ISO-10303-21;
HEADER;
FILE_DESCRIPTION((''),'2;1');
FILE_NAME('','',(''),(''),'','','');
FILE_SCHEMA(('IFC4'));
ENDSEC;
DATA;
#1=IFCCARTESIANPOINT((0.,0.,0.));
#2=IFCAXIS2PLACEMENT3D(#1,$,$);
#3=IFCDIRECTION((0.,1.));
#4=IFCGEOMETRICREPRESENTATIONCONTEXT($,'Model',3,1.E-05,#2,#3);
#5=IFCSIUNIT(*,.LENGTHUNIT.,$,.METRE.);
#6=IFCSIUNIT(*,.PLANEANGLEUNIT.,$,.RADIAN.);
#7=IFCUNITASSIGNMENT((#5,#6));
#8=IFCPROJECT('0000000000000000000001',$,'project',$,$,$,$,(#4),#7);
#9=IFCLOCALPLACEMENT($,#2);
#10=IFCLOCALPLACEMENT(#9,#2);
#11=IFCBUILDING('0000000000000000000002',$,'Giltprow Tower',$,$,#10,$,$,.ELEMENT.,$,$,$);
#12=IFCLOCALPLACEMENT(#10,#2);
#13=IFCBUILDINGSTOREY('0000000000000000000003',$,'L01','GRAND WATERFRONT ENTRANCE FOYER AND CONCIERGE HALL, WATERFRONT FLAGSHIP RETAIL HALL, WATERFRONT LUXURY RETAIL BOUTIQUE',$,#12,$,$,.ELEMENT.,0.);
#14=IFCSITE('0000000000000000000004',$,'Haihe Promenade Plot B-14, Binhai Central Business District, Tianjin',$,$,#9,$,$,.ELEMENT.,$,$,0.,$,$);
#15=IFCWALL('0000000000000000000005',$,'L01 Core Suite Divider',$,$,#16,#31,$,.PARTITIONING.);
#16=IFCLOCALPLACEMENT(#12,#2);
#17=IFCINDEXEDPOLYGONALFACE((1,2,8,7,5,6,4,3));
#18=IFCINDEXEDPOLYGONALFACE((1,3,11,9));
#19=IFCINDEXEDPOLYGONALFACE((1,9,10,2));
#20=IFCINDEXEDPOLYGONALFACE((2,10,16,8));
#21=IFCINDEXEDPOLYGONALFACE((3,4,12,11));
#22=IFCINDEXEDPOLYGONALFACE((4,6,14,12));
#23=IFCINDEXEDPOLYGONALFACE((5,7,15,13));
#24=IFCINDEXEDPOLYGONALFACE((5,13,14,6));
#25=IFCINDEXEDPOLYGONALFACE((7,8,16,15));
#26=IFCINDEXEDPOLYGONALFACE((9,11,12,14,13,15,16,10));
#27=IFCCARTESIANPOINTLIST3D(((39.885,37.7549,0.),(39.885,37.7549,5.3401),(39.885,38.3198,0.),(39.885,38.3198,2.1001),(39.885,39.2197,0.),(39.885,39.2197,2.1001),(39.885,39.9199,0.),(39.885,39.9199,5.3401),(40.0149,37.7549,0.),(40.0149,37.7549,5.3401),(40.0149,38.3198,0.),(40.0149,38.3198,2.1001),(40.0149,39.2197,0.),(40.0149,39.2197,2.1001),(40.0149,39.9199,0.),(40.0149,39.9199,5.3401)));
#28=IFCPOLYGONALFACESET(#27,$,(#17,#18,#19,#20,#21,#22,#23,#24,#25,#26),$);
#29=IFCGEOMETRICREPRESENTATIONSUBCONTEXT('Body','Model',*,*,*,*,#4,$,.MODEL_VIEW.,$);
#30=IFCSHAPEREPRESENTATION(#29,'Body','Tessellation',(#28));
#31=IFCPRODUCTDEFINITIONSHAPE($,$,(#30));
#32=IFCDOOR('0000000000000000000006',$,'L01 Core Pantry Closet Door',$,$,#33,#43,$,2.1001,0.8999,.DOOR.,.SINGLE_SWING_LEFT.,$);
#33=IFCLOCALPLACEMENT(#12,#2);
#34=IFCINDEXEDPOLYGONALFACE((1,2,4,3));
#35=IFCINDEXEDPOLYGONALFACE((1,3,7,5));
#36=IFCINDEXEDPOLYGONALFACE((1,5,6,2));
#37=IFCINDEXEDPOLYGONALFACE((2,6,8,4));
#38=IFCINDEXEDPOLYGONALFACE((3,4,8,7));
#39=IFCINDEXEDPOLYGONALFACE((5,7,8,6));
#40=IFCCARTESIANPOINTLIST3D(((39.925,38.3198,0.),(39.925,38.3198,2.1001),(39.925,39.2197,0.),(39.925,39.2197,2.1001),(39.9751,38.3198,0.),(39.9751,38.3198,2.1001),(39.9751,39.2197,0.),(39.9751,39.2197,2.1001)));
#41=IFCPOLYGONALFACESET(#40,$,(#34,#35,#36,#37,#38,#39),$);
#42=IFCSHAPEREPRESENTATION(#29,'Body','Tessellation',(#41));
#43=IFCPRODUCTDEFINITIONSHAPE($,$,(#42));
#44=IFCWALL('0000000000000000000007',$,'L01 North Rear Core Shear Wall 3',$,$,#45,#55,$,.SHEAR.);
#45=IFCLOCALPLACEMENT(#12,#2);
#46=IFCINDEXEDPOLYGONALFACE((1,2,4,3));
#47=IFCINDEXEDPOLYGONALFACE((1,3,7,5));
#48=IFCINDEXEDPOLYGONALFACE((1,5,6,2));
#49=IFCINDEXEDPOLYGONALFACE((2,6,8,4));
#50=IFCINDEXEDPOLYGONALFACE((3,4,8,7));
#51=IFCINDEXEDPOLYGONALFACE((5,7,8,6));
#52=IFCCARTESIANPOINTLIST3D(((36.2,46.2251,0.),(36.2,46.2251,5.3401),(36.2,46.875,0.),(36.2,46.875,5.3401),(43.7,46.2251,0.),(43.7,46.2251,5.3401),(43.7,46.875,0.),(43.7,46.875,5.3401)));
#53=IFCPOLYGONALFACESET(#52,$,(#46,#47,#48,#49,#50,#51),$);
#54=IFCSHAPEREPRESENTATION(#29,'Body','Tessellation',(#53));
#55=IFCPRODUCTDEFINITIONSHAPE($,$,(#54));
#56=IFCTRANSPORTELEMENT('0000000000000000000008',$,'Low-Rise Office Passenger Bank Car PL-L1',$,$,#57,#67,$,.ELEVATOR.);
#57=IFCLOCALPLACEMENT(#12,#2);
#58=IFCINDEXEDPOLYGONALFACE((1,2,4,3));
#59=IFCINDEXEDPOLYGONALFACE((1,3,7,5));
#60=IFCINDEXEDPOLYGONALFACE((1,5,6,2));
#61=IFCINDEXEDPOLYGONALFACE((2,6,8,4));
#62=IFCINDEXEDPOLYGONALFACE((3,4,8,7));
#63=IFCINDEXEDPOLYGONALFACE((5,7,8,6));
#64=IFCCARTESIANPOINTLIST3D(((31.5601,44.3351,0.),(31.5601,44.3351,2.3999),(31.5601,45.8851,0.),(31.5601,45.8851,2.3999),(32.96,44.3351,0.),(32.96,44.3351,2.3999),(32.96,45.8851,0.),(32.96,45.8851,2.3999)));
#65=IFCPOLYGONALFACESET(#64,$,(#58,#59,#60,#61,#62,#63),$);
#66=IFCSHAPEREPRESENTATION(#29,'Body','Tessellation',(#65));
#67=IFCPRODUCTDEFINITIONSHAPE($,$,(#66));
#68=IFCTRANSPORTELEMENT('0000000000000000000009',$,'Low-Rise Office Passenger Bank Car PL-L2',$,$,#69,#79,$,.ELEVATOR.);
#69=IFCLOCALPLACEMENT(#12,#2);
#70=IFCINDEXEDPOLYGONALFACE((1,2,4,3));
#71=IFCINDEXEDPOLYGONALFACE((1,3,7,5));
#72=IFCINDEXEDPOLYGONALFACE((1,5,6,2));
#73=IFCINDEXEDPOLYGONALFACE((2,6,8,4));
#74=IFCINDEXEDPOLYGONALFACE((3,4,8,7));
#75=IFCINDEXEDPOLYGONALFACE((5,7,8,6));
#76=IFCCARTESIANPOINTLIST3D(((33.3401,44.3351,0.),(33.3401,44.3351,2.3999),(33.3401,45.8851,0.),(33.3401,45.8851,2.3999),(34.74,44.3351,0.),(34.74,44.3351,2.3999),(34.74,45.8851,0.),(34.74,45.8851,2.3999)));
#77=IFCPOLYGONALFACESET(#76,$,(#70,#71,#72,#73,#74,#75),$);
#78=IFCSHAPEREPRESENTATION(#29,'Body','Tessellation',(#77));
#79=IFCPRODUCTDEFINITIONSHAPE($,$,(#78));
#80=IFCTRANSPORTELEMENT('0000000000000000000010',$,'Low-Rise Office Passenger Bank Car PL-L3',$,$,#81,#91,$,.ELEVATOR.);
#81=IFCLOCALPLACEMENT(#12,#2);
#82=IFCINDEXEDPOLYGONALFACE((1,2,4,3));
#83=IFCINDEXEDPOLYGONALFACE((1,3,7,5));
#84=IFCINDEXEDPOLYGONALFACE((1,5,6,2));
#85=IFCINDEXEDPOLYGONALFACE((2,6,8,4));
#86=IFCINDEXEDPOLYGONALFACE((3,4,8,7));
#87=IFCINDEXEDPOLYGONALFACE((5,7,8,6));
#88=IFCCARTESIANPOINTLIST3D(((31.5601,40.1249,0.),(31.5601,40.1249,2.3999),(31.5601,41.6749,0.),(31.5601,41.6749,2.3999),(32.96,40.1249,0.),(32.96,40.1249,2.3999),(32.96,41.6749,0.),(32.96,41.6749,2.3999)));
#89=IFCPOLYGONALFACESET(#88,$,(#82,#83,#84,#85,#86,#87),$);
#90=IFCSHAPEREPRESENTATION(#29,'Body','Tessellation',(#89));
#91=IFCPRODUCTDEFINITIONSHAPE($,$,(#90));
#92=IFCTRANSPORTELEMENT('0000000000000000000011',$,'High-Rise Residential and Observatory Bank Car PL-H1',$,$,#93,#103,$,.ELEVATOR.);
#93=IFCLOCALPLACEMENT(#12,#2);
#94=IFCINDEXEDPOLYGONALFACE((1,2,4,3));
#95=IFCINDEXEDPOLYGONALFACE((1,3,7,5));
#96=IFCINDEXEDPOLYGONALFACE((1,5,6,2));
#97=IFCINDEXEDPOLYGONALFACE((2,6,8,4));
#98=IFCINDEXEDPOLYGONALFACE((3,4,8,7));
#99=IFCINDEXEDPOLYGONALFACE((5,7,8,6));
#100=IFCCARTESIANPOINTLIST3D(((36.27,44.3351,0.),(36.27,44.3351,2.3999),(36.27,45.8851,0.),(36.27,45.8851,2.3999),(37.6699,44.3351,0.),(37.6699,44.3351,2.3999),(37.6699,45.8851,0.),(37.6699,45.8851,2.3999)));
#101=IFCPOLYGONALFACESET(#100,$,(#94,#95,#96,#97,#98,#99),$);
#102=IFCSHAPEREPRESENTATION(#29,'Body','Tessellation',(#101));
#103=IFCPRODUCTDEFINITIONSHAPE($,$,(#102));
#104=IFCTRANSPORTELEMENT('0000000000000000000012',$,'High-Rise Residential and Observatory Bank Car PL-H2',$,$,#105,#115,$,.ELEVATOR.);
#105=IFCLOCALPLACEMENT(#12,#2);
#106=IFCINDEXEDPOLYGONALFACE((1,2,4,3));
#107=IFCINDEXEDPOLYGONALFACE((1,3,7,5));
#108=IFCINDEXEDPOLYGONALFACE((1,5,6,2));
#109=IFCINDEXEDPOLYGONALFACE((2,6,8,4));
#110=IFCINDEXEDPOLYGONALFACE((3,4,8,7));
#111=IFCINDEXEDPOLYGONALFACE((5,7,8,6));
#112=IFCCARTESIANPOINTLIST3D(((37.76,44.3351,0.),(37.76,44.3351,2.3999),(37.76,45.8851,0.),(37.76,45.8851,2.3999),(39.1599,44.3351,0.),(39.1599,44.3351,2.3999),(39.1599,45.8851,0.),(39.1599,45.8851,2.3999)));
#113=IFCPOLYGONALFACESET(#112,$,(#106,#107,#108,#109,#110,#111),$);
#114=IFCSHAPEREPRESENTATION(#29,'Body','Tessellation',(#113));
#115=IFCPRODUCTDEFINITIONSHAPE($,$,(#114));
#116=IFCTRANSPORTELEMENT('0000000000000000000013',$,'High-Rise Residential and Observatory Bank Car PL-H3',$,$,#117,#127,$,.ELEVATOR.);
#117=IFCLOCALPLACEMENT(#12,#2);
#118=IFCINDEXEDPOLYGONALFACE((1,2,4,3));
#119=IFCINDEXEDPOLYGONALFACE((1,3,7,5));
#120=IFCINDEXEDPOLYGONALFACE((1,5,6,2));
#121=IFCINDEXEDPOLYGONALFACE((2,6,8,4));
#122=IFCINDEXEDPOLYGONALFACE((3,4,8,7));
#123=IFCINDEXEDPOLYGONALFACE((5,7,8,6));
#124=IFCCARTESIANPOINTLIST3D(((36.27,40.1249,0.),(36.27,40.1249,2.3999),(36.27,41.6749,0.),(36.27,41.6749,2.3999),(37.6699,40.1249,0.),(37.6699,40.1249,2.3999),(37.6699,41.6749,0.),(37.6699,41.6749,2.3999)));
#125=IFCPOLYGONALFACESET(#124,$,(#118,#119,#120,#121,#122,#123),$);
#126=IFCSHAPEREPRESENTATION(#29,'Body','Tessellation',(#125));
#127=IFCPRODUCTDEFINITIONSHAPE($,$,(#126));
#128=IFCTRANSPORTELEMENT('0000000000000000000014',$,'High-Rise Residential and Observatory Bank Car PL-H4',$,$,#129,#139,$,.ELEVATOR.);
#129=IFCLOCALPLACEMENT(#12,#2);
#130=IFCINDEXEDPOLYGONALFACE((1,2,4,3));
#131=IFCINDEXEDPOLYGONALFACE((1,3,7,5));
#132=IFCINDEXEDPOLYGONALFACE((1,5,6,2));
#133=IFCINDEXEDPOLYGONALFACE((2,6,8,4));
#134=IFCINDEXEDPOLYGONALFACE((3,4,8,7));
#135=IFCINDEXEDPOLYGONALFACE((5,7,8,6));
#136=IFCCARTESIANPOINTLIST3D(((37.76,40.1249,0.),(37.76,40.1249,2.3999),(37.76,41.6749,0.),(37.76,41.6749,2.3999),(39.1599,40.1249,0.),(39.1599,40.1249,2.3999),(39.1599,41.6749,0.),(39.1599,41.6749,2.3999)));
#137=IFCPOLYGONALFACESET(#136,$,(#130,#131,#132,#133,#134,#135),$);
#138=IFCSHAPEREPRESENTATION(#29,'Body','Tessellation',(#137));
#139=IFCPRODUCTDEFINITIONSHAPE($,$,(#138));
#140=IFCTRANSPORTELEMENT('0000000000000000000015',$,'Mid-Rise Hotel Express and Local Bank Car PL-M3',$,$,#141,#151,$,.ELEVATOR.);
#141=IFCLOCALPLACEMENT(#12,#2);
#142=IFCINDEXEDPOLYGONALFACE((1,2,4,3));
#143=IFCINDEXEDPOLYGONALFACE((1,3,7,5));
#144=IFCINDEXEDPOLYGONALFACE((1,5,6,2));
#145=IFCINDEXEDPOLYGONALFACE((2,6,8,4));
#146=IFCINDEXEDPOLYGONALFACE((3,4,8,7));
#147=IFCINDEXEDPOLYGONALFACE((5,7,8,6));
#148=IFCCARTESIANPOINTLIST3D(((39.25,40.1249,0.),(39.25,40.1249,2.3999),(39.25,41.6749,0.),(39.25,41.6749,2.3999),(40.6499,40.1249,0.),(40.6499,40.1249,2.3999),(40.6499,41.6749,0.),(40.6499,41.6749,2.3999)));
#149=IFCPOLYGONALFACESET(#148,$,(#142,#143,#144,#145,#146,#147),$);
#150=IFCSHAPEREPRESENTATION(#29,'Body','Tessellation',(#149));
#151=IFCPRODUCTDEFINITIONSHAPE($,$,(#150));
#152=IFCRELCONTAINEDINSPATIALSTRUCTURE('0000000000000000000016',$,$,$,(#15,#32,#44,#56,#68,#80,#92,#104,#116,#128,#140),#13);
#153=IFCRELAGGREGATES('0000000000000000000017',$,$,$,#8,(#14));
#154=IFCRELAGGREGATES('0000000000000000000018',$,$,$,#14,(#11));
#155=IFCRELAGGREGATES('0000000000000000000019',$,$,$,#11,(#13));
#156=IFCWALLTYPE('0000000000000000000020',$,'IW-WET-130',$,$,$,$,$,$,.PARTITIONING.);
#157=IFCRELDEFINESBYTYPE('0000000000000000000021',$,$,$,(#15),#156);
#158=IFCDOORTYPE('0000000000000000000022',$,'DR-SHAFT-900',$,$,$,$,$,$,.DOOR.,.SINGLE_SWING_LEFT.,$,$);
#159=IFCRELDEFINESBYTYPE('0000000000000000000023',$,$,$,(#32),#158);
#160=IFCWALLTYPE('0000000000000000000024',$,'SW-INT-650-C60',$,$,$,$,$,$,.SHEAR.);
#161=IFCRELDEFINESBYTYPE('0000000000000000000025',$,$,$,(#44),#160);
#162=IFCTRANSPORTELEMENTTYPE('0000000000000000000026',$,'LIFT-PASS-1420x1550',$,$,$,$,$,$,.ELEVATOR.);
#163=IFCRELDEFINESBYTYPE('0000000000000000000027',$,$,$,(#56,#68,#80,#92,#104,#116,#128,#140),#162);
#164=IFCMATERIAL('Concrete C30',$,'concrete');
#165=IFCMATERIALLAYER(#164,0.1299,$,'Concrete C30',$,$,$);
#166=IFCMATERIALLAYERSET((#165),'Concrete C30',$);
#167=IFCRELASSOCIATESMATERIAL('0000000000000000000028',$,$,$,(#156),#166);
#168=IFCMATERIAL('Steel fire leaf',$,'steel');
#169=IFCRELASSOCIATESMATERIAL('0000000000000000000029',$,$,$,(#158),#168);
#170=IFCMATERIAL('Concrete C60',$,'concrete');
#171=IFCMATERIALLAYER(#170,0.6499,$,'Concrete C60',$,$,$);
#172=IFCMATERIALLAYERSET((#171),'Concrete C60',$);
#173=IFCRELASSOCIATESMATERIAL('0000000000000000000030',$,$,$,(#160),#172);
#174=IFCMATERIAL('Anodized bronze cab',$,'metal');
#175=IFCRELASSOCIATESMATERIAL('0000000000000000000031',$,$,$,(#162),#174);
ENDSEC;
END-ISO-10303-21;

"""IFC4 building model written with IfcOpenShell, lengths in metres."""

from ifc_helpers import new_model, si_unit, direction, frame, frame_2d, origin, origin_2d, place, context, subcontext, project, spatial, rectangle, extrude, source, transform, mapped, material, layer, layer_set, type_object, element, fill, save


model = new_model("IFC4")

# Units and contexts
model_context = context("Model", 3, precision=1e-05, world=origin(), true_north=direction((0.0, 1.0)))
body_context = subcontext(model_context, "Body", "Model", "MODEL_VIEW")
ifc_project = project(units=[si_unit("LENGTHUNIT", "METRE"), si_unit("PLANEANGLEUNIT", "RADIAN")], contexts=[model_context])

# Site, building, storey
site_placement = place(None, origin())
site = spatial("IfcSite", under=ifc_project, at=site_placement, Name="Haihe Promenade Plot B-14, Binhai Central Business District, Tianjin", CompositionType="ELEMENT", RefElevation=0.0)
building_placement = place(site_placement, origin())
building = spatial("IfcBuilding", under=site, at=building_placement, Name="Giltprow Tower", CompositionType="ELEMENT")
storey_placement = place(building_placement, origin())
storey = spatial("IfcBuildingStorey", under=building, at=storey_placement, Name="L01", Description="GRAND WATERFRONT ENTRANCE FOYER AND CONCIERGE HALL, WATERFRONT FLAGSHIP RETAIL HALL, WATERFRONT LUXURY RETAIL BOUTIQUE", CompositionType="ELEMENT", Elevation=0.0)

# Shared definitions
ifc_material_1 = material(Name="Concrete C60", Category="concrete")

# Wall, opening, door
ifc_material_2 = material(Name="Concrete C30", Category="concrete")
ifc_layer_1 = layer(ifc_material_2, 0.1299, Name="Concrete C30")
ifc_layer_set_1 = layer_set([ifc_layer_1], Name="Concrete C30")
wall_type_1 = type_object("IfcWallType", Name="IW-WET-130", PredefinedType="PARTITIONING", material=ifc_layer_set_1)
wall_1_placement = place(storey_placement, frame((39.95, 37.7549, 0.0), z_axis=(0.0, 0.0, 1.0), x_axis=(0.0, 1.0, 0.0)))
wall_1 = element("IfcWall", 1, at=wall_1_placement, inside=storey, type_object=wall_type_1, Name="L01 Core Suite Divider", PredefinedType="PARTITIONING", context=body_context, shape_type="SweptSolid", body=[
    extrude(rectangle(XDim=2.165, YDim=0.1299, at=frame_2d((1.0825, 0.0))), origin(), (0.0, 0.0, 1.0), 5.3401),
])
opening_1_placement = place(wall_1_placement, frame((0.5649, 0.0, 0.0)))
opening_1 = element("IfcOpeningElement", 2, at=opening_1_placement, cuts=wall_1, PredefinedType="OPENING", context=body_context, shape_type="SweptSolid", body=[
    extrude(rectangle(XDim=0.8999, YDim=2.1001, at=frame_2d((0.45, 1.05))), frame((0.0, 0.075, 0.0), z_axis=(0.0, -1.0, 0.0), x_axis=(1.0, 0.0, 0.0)), (0.0, 0.0, 1.0), 0.1499),
])
ifc_material_3 = material(Name="Steel fire leaf", Category="steel")
door_type_1 = type_object("IfcDoorType", Name="DR-SHAFT-900", OperationType="SINGLE_SWING_LEFT", PredefinedType="DOOR", material=ifc_material_3)
shared_shape_1 = source(origin(), body_context, "Body", "SweptSolid", [
    extrude(rectangle(XDim=0.8999, YDim=2.1001, at=frame_2d((0.45, 1.05))), frame((0.0, 0.0249, 0.0), z_axis=(0.0, -1.0, 0.0), x_axis=(1.0, 0.0, 0.0)), (0.0, 0.0, 1.0), 0.05),
])
door_1_placement = place(opening_1_placement, origin())
door_1 = element("IfcDoor", 3, at=door_1_placement, inside=storey, type_object=door_type_1, Name="L01 Core Pantry Closet Door", OperationType="SINGLE_SWING_LEFT", OverallHeight=2.1001, OverallWidth=0.8999, PredefinedType="DOOR", context=body_context, shape_type="MappedRepresentation", body=[
    mapped(shared_shape_1, transform((0.0, 0.0, 0.0), x_axis=(1.0, 0.0, 0.0), y_axis=(0.0, 1.0, 0.0), z_axis=(0.0, 0.0, 1.0), scale=1.0)),
])
fill(opening_1, door_1)

# Wall
ifc_layer_2 = layer(ifc_material_1, 0.6499, Name="Concrete C60")
ifc_layer_set_2 = layer_set([ifc_layer_2], Name="Concrete C60")
wall_type_2 = type_object("IfcWallType", Name="SW-INT-650-C60", PredefinedType="SHEAR", material=ifc_layer_set_2)
wall_2_placement = place(storey_placement, frame((36.2, 46.55, 0.0), z_axis=(0.0, 0.0, 1.0), x_axis=(1.0, 0.0, 0.0)))
element("IfcWall", 4, at=wall_2_placement, inside=storey, type_object=wall_type_2, Name="L01 North Rear Core Shear Wall 3", PredefinedType="SHEAR", context=body_context, shape_type="SweptSolid", body=[
    extrude(rectangle(XDim=7.5, YDim=0.6499, at=frame_2d((3.75, 0.0))), origin(), (0.0, 0.0, 1.0), 5.3401),
])

# Transport elements
ifc_material_4 = material(Name="Anodized bronze cab", Category="metal")
transport_element_type = type_object("IfcTransportElementType", Name="LIFT-PASS-1420x1550", PredefinedType="ELEVATOR", material=ifc_material_4)
shared_shape_2 = source(origin(), body_context, "Body", "SweptSolid", [
    extrude(rectangle(XDim=1.3999, YDim=1.55, at=origin_2d()), origin(), (0.0, 0.0, 1.0), 2.3999),
])
for number, where, z_axis, x_axis, name in (
    (5, (32.26, 45.1101, 0.0), (0.0, 0.0, 1.0), (1.0, 0.0, 0.0), "Low-Rise Office Passenger Bank Car PL-L1"),
    (6, (34.04, 45.1101, 0.0), (0.0, 0.0, 1.0), (1.0, 0.0, 0.0), "Low-Rise Office Passenger Bank Car PL-L2"),
    (7, (32.26, 40.8999, 0.0), (0.0, 0.0, 1.0), (1.0, 0.0, 0.0), "Low-Rise Office Passenger Bank Car PL-L3"),
    (8, (36.97, 45.1101, 0.0), (0.0, 0.0, 1.0), (1.0, 0.0, 0.0), "High-Rise Residential and Observatory Bank Car PL-H1"),
    (9, (38.46, 45.1101, 0.0), (0.0, 0.0, 1.0), (1.0, 0.0, 0.0), "High-Rise Residential and Observatory Bank Car PL-H2"),
    (10, (36.97, 40.8999, 0.0), (0.0, 0.0, 1.0), (1.0, 0.0, 0.0), "High-Rise Residential and Observatory Bank Car PL-H3"),
    (11, (38.46, 40.8999, 0.0), (0.0, 0.0, 1.0), (1.0, 0.0, 0.0), "High-Rise Residential and Observatory Bank Car PL-H4"),
    (12, (39.95, 40.8999, 0.0), (0.0, 0.0, 1.0), (1.0, 0.0, 0.0), "Mid-Rise Hotel Express and Local Bank Car PL-M3"),
):
    element("IfcTransportElement", number, at=place(storey_placement, frame(where, z_axis=z_axis, x_axis=x_axis)), inside=storey, type_object=transport_element_type, Name=name, PredefinedType="ELEVATOR", context=body_context, shape_type="MappedRepresentation", body=[
        mapped(shared_shape_2, transform((0.0, 0.0, 0.0), x_axis=(1.0, 0.0, 0.0), y_axis=(0.0, 1.0, 0.0), z_axis=(0.0, 0.0, 1.0), scale=1.0)),
    ])

save(model, "model.ifc")
